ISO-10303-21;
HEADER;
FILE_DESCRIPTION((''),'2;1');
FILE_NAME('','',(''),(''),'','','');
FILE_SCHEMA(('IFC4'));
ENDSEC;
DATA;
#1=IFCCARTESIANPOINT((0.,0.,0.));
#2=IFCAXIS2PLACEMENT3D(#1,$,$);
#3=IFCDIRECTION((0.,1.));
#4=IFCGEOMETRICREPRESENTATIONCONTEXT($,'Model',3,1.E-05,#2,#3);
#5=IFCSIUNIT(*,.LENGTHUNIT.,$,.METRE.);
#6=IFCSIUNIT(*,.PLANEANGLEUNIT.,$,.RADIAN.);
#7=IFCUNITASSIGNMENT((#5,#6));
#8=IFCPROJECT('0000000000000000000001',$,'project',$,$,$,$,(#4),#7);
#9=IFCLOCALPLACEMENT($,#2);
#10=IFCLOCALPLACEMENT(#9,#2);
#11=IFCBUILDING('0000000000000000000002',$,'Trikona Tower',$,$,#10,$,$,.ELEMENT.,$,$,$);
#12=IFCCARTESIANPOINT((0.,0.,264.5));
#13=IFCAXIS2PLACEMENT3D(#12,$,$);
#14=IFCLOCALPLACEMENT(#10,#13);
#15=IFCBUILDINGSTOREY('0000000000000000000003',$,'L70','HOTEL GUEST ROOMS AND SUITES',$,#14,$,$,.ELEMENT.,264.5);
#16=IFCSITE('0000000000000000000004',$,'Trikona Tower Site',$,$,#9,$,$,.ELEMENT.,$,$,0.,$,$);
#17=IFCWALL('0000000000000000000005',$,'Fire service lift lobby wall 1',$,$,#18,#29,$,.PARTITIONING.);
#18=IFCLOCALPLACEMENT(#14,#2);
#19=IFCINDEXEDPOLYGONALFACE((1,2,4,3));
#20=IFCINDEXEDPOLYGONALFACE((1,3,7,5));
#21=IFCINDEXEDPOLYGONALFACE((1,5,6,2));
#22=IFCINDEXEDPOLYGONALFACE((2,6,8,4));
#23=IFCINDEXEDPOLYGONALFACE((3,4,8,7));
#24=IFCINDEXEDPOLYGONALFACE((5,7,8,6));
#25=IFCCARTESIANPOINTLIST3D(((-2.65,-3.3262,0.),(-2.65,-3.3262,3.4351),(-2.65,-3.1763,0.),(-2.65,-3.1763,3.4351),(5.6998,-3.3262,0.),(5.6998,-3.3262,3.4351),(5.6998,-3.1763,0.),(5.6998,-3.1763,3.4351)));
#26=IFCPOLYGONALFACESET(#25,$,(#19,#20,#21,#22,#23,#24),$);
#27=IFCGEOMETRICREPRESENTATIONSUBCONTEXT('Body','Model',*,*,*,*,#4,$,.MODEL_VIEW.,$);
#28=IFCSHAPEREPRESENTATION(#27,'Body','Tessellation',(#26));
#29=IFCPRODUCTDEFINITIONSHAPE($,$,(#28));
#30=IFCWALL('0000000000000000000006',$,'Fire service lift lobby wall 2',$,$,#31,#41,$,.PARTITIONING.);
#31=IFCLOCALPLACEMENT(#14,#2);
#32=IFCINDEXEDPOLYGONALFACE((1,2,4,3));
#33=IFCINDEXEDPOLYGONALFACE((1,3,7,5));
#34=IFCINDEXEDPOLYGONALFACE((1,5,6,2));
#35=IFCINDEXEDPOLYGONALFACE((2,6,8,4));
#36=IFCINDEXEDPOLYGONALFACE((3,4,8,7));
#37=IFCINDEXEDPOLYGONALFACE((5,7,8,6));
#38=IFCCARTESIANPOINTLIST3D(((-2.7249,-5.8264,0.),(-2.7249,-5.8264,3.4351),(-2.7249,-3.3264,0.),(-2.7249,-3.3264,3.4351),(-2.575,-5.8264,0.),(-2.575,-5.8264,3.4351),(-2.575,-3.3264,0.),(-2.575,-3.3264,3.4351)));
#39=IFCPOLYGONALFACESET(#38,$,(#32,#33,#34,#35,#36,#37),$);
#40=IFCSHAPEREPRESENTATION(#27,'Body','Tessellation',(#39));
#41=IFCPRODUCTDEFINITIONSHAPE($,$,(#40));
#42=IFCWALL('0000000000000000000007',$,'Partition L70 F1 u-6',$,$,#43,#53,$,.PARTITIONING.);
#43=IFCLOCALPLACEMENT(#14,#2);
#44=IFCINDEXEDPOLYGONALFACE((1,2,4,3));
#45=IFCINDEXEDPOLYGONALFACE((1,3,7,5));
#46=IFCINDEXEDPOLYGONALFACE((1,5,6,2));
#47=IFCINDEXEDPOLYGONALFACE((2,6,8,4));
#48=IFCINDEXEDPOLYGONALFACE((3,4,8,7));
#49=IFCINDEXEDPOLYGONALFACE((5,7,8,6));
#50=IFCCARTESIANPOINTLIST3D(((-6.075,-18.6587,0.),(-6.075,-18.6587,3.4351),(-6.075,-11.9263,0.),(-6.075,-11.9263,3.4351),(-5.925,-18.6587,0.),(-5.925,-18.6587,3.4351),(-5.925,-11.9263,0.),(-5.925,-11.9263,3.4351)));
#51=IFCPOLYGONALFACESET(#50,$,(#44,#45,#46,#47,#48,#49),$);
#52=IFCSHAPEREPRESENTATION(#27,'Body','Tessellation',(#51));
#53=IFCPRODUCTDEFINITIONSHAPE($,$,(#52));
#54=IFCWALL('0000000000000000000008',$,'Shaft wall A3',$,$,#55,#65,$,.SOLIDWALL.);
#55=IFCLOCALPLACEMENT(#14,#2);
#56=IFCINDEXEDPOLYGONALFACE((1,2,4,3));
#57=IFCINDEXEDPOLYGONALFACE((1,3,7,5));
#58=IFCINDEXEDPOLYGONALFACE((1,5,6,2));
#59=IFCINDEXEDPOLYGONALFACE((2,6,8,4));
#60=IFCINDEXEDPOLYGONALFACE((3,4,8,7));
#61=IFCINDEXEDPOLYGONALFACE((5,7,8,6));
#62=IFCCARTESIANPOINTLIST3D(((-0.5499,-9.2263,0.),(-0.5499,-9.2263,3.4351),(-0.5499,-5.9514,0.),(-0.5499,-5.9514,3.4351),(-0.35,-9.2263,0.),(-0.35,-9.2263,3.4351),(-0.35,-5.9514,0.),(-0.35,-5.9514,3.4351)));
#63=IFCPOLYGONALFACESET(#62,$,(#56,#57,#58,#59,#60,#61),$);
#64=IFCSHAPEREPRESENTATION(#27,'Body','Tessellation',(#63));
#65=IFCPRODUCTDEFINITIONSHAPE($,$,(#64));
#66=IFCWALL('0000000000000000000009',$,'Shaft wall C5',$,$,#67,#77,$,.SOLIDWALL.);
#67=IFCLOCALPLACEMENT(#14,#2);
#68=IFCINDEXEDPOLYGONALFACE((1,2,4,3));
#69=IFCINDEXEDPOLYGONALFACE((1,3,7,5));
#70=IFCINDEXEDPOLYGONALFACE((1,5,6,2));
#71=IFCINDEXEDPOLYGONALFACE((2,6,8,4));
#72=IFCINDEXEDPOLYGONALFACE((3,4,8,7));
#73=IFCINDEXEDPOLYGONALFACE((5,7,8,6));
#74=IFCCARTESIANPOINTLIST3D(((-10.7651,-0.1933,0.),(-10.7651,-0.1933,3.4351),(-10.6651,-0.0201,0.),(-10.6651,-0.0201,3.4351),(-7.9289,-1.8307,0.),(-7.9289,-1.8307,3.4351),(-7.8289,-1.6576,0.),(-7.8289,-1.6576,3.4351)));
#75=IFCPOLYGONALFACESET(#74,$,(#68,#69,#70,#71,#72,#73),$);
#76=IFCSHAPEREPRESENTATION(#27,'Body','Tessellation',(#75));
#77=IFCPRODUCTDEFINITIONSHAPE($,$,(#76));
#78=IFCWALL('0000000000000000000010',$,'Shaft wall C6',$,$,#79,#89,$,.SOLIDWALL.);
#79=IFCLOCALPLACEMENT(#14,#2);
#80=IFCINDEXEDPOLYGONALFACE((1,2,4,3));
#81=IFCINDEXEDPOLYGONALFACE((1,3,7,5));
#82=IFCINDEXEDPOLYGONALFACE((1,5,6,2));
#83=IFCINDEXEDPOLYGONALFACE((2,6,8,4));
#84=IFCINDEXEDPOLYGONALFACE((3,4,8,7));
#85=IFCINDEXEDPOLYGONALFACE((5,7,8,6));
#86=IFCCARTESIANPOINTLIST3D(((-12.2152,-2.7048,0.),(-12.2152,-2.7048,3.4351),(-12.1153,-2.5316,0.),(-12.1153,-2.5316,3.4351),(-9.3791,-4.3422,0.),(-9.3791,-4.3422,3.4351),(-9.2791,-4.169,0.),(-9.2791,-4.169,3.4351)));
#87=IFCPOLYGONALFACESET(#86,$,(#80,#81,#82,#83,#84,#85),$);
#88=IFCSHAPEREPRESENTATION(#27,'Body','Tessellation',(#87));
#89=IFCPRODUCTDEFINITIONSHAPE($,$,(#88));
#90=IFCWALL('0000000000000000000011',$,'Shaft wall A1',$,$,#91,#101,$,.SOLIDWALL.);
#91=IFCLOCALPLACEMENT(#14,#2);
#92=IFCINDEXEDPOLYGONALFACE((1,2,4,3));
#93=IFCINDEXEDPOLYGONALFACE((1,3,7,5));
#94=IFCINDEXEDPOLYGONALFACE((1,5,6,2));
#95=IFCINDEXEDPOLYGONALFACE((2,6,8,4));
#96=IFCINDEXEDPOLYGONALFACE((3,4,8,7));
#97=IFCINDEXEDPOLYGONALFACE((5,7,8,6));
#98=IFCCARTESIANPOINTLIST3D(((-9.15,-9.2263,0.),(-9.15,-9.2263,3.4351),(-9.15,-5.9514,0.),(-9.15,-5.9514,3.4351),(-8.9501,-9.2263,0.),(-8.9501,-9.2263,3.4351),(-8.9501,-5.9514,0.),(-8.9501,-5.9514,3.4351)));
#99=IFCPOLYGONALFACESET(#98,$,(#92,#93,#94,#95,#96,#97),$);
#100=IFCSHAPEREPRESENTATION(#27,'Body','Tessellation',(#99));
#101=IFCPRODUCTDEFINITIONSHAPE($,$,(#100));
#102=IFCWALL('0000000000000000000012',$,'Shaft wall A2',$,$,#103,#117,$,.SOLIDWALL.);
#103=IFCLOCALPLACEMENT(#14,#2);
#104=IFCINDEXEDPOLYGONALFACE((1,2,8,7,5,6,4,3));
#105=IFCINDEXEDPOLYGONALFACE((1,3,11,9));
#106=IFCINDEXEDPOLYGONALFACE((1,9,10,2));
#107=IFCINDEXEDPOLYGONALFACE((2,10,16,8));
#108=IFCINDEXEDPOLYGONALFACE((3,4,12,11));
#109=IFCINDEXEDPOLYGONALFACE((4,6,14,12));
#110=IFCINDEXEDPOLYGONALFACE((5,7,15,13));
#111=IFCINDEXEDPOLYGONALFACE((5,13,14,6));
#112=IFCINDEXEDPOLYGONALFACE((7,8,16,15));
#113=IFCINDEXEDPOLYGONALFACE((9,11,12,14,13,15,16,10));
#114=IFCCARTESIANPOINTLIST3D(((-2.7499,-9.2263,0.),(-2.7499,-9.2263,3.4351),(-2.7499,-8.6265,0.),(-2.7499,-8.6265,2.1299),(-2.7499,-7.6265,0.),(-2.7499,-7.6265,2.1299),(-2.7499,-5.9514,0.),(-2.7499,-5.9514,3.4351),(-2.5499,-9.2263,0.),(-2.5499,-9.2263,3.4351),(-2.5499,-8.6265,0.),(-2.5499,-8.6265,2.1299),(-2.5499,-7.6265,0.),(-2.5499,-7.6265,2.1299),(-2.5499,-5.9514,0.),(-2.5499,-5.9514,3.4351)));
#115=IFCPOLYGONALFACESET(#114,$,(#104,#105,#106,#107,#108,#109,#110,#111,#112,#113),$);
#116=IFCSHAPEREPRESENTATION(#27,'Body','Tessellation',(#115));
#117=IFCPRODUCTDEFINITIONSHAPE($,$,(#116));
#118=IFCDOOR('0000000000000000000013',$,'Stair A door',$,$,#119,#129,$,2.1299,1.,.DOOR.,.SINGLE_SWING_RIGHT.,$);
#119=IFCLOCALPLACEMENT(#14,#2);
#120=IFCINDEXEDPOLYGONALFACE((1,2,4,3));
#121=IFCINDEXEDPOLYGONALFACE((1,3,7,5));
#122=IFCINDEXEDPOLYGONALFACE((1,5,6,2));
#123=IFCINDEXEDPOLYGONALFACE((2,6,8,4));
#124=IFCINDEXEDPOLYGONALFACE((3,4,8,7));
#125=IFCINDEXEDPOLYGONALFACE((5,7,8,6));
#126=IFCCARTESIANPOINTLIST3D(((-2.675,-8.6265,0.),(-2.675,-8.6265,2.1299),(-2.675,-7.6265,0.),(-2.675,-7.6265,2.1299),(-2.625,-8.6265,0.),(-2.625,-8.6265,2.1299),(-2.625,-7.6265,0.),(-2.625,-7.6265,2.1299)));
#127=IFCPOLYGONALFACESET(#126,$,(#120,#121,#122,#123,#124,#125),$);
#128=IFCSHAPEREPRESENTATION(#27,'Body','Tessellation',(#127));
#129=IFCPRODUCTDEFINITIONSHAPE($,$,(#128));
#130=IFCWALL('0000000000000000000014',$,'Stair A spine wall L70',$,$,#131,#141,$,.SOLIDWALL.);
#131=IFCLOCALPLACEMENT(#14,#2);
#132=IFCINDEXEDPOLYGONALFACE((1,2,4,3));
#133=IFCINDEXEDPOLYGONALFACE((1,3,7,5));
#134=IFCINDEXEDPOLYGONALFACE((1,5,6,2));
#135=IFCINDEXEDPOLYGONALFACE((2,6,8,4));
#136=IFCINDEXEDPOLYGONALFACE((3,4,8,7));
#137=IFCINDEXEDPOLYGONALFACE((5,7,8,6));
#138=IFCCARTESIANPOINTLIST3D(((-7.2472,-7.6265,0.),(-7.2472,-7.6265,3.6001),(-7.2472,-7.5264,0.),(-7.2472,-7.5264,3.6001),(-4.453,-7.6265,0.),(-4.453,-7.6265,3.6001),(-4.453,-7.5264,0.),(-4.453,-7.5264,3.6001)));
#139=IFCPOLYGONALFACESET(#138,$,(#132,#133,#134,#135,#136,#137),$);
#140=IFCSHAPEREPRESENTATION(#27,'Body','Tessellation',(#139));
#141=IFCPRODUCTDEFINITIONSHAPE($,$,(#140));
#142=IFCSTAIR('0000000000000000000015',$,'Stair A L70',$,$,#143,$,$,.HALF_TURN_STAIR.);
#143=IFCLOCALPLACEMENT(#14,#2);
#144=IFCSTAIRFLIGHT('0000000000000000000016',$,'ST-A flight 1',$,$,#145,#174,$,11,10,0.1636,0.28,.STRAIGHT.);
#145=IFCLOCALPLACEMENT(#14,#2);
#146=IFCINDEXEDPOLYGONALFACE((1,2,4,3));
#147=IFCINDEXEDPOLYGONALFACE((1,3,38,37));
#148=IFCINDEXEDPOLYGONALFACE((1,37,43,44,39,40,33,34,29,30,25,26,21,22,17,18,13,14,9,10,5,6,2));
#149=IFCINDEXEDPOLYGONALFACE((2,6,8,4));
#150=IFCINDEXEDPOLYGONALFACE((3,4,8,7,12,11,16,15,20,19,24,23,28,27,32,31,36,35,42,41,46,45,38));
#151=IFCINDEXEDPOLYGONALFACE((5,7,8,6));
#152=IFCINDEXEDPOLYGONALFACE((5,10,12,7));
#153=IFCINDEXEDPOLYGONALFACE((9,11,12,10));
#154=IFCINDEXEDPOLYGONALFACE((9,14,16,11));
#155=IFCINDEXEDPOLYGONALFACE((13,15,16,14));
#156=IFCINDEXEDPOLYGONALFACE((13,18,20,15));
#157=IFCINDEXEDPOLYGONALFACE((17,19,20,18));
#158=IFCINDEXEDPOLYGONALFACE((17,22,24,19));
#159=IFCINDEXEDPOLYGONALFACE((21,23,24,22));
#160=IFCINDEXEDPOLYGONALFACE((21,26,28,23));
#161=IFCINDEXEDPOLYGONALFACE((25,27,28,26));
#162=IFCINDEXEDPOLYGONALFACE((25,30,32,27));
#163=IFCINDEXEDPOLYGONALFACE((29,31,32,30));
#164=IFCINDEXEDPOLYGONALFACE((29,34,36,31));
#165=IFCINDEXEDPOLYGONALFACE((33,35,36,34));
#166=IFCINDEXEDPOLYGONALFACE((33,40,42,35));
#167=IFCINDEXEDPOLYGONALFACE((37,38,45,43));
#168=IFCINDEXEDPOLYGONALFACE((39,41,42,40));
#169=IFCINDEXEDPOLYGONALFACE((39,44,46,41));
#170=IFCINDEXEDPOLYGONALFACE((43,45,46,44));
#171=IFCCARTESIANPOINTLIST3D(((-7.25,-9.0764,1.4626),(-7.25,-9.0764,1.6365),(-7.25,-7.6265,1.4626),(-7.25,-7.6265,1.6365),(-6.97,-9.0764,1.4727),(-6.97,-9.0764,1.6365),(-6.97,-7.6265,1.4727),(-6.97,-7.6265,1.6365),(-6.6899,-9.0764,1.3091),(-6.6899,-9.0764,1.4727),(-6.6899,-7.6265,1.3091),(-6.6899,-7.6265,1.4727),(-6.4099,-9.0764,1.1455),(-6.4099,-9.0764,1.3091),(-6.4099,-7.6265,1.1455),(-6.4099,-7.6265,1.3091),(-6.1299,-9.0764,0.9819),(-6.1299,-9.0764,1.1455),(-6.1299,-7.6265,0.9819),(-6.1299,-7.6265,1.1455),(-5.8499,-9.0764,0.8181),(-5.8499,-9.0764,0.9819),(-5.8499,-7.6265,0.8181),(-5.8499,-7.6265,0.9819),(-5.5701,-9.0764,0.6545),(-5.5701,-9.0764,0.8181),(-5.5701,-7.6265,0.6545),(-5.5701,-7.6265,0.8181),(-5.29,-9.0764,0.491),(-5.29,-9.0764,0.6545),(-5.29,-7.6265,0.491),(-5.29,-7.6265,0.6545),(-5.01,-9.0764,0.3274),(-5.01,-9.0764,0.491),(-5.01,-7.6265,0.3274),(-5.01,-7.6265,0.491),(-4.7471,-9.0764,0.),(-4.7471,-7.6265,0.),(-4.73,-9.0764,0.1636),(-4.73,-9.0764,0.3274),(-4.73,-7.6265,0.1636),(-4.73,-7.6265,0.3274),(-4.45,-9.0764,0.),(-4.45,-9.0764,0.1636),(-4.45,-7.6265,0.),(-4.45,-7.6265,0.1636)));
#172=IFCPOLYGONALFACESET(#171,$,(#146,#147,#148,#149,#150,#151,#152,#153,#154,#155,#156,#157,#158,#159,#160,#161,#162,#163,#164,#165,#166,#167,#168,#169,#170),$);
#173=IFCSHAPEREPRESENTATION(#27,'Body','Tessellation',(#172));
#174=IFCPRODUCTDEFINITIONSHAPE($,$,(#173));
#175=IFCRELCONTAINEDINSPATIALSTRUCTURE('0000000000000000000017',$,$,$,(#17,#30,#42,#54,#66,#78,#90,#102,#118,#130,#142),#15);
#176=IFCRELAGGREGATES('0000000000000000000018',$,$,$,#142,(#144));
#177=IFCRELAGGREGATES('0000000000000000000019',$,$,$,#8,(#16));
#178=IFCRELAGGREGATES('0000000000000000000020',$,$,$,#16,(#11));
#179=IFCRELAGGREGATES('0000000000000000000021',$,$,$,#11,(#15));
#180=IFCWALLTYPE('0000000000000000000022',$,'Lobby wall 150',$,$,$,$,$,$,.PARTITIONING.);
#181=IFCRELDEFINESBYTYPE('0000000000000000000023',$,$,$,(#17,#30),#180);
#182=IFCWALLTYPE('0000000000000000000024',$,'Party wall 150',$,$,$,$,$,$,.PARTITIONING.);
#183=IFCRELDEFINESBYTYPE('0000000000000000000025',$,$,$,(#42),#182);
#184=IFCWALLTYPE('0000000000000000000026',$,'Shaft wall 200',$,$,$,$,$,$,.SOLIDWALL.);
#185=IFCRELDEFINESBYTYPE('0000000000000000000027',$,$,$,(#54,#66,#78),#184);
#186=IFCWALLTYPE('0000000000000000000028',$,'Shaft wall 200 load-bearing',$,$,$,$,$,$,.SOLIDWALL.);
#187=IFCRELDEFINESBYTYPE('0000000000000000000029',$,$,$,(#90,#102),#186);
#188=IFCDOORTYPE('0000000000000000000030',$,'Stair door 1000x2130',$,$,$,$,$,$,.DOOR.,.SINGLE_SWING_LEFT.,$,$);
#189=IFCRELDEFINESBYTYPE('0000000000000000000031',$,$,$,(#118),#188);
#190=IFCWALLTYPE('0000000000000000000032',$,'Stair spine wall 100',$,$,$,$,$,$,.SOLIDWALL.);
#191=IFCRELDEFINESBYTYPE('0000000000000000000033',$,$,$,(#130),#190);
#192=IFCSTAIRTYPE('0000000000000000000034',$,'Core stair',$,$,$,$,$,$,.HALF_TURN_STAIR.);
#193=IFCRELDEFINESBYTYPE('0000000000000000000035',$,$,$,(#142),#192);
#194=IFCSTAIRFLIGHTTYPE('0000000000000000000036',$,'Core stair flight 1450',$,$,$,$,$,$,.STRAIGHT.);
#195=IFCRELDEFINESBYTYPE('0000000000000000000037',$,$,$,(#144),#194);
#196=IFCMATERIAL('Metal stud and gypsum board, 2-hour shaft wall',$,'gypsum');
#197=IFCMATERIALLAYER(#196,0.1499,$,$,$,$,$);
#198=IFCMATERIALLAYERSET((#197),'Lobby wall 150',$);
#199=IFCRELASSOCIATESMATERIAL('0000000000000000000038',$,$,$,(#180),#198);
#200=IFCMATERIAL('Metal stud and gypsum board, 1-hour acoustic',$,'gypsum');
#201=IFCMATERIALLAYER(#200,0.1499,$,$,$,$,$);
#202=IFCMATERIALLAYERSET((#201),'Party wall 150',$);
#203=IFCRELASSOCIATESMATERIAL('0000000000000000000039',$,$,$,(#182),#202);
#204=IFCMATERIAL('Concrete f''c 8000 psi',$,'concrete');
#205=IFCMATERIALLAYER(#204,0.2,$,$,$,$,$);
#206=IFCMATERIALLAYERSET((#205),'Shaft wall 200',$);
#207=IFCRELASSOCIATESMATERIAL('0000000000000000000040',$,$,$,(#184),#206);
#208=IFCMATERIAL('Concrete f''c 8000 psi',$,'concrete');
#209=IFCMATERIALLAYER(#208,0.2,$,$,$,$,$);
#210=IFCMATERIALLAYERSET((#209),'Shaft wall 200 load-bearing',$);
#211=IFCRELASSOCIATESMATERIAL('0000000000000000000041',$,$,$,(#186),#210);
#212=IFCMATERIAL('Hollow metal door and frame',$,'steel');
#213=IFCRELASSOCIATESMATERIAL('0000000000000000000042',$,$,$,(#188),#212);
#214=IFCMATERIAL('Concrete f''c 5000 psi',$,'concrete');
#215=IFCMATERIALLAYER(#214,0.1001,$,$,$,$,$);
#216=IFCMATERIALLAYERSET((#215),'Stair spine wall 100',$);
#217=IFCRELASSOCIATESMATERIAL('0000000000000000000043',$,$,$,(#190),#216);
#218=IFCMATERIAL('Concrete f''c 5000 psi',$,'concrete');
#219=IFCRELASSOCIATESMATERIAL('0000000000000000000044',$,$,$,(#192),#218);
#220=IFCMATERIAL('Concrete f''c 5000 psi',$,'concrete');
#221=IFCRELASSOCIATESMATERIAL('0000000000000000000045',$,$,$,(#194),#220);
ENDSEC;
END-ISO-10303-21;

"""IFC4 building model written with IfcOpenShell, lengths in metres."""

from ifc_helpers import new_model, si_unit, direction, frame, frame_2d, origin, place, context, subcontext, project, spatial, polyline, rectangle, outline, extrude, material, layer, layer_set, type_object, element, fill, aggregate, save


model = new_model("IFC4")

# Units and contexts
model_context = context("Model", 3, precision=1e-05, world=origin(), true_north=direction((0.0, 1.0)))
body_context = subcontext(model_context, "Body", "Model", "MODEL_VIEW")
ifc_project = project(units=[si_unit("LENGTHUNIT", "METRE"), si_unit("PLANEANGLEUNIT", "RADIAN")], contexts=[model_context])

# Site, building, storey
site_placement = place(None, origin())
site = spatial("IfcSite", under=ifc_project, at=site_placement, Name="Trikona Tower Site", CompositionType="ELEMENT", RefElevation=0.0)
building_placement = place(site_placement, origin())
building = spatial("IfcBuilding", under=site, at=building_placement, Name="Trikona Tower", CompositionType="ELEMENT")
storey_placement = place(building_placement, frame((0.0, 0.0, 264.5)))
storey = spatial("IfcBuildingStorey", under=building, at=storey_placement, Name="L70", Description="HOTEL GUEST ROOMS AND SUITES", CompositionType="ELEMENT", Elevation=264.5)

# Walls
ifc_material_1 = material(Name="Metal stud and gypsum board, 2-hour shaft wall", Category="gypsum")
ifc_layer_1 = layer(ifc_material_1, 0.1499)
ifc_layer_set_1 = layer_set([ifc_layer_1], Name="Lobby wall 150")
wall_type_1 = type_object("IfcWallType", Name="Lobby wall 150", PredefinedType="PARTITIONING", material=ifc_layer_set_1)
wall_1_placement = place(storey_placement, frame((-2.6499, -3.2512, 0.0), z_axis=(0.0, 0.0, 1.0), x_axis=(1.0, 0.0, 0.0)))
element("IfcWall", 1, at=wall_1_placement, inside=storey, type_object=wall_type_1, Name="Fire service lift lobby wall 1", PredefinedType="PARTITIONING", context=body_context, shape_type="SweptSolid", body=[
    extrude(rectangle(XDim=8.3499, YDim=0.1499, at=frame_2d((4.1748, 0.0))), origin(), (0.0, 0.0, 1.0), 3.4351),
])
wall_2_placement = place(storey_placement, frame((-2.6499, -5.8264, 0.0), z_axis=(0.0, 0.0, 1.0), x_axis=(0.0, 1.0, 0.0)))
element("IfcWall", 2, at=wall_2_placement, inside=storey, type_object=wall_type_1, Name="Fire service lift lobby wall 2", PredefinedType="PARTITIONING", context=body_context, shape_type="SweptSolid", body=[
    extrude(rectangle(XDim=2.5, YDim=0.1499, at=frame_2d((1.25, 0.0))), origin(), (0.0, 0.0, 1.0), 3.4351),
])
ifc_material_2 = material(Name="Metal stud and gypsum board, 1-hour acoustic", Category="gypsum")
ifc_layer_2 = layer(ifc_material_2, 0.1499)
ifc_layer_set_2 = layer_set([ifc_layer_2], Name="Party wall 150")
wall_type_2 = type_object("IfcWallType", Name="Party wall 150", PredefinedType="PARTITIONING", material=ifc_layer_set_2)
wall_3_placement = place(storey_placement, frame((-6.0, -11.9263, 0.0), z_axis=(0.0, 0.0, 1.0), x_axis=(0.0, -1.0, 0.0)))
element("IfcWall", 3, at=wall_3_placement, inside=storey, type_object=wall_type_2, Name="Partition L70 F1 u-6", PredefinedType="PARTITIONING", context=body_context, shape_type="SweptSolid", body=[
    extrude(rectangle(XDim=6.7324, YDim=0.1499, at=frame_2d((3.3662, 0.0))), origin(), (0.0, 0.0, 1.0), 3.4351),
])
ifc_material_3 = material(Name="Concrete f'c 8000 psi", Category="concrete")
ifc_layer_3 = layer(ifc_material_3, 0.2)
ifc_layer_set_3 = layer_set([ifc_layer_3], Name="Shaft wall 200")
wall_type_3 = type_object("IfcWallType", Name="Shaft wall 200", PredefinedType="SOLIDWALL", material=ifc_layer_set_3)
for number, where, z_axis, x_axis, name in (
    (4, (-0.45, -5.9514, 0.0), (0.0, 0.0, 1.0), (0.0, -1.0, 0.0), "Shaft wall A3"),
    (5, (-7.8789, -1.7441, 0.0), (0.0, 0.0, 1.0), (-0.866028, 0.499996, 0.0), "Shaft wall C5"),
    (6, (-9.3291, -4.2556, 0.0), (0.0, 0.0, 1.0), (-0.866028, 0.499996, 0.0), "Shaft wall C6"),
):
    element("IfcWall", number, at=place(storey_placement, frame(where, z_axis=z_axis, x_axis=x_axis)), inside=storey, type_object=wall_type_3, Name=name, PredefinedType="SOLIDWALL", context=body_context, shape_type="SweptSolid", body=[
        extrude(rectangle(XDim=3.2749, YDim=0.2, at=frame_2d((1.6375, 0.0))), origin(), (0.0, 0.0, 1.0), 3.4351),
    ])
ifc_material_4 = material(Name="Concrete f'c 8000 psi", Category="concrete")
ifc_layer_4 = layer(ifc_material_4, 0.2)
ifc_layer_set_4 = layer_set([ifc_layer_4], Name="Shaft wall 200 load-bearing")
wall_type_4 = type_object("IfcWallType", Name="Shaft wall 200 load-bearing", PredefinedType="SOLIDWALL", material=ifc_layer_set_4)
wall_4_placement = place(storey_placement, frame((-9.05, -5.9514, 0.0), z_axis=(0.0, 0.0, 1.0), x_axis=(0.0, -1.0, 0.0)))
element("IfcWall", 7, at=wall_4_placement, inside=storey, type_object=wall_type_4, Name="Shaft wall A1", PredefinedType="SOLIDWALL", context=body_context, shape_type="SweptSolid", body=[
    extrude(rectangle(XDim=3.2749, YDim=0.2, at=frame_2d((1.6375, 0.0))), origin(), (0.0, 0.0, 1.0), 3.4351),
])

# Wall, opening, door
wall_5_placement = place(storey_placement, frame((-2.6499, -5.9514, 0.0), z_axis=(0.0, 0.0, 1.0), x_axis=(0.0, -1.0, 0.0)))
wall_5 = element("IfcWall", 8, at=wall_5_placement, inside=storey, type_object=wall_type_4, Name="Shaft wall A2", PredefinedType="SOLIDWALL", context=body_context, shape_type="SweptSolid", body=[
    extrude(rectangle(XDim=3.2749, YDim=0.2, at=frame_2d((1.6375, 0.0))), origin(), (0.0, 0.0, 1.0), 3.4351),
])
opening_1_placement = place(wall_5_placement, frame((1.675, 0.0, 0.0)))
opening_1 = element("IfcOpeningElement", 9, at=opening_1_placement, cuts=wall_5, PredefinedType="OPENING", context=body_context, shape_type="SweptSolid", body=[
    extrude(rectangle(XDim=1.0, YDim=2.1299, at=frame_2d((0.5, 1.0649))), frame((0.0, 0.1099, 0.0), z_axis=(0.0, -1.0, 0.0), x_axis=(1.0, 0.0, 0.0)), (0.0, 0.0, 1.0), 0.22),
])
ifc_material_5 = material(Name="Hollow metal door and frame", Category="steel")
door_type_1 = type_object("IfcDoorType", Name="Stair door 1000x2130", OperationType="SINGLE_SWING_LEFT", PredefinedType="DOOR", material=ifc_material_5)
door_1_placement = place(opening_1_placement, origin())
door_1 = element("IfcDoor", 10, at=door_1_placement, inside=storey, type_object=door_type_1, Name="Stair A door", OperationType="SINGLE_SWING_RIGHT", OverallHeight=2.1299, OverallWidth=1.0, PredefinedType="DOOR", context=body_context, shape_type="SweptSolid", body=[
    extrude(rectangle(XDim=1.0, YDim=2.1299, at=frame_2d((0.5, 1.0649))), frame((0.0, 0.0249, 0.0), z_axis=(0.0, -1.0, 0.0), x_axis=(1.0, 0.0, 0.0)), (0.0, 0.0, 1.0), 0.05),
])
fill(opening_1, door_1)

# Wall
ifc_material_6 = material(Name="Concrete f'c 5000 psi", Category="concrete")
ifc_layer_5 = layer(ifc_material_6, 0.1001)
ifc_layer_set_5 = layer_set([ifc_layer_5], Name="Stair spine wall 100")
wall_type_5 = type_object("IfcWallType", Name="Stair spine wall 100", PredefinedType="SOLIDWALL", material=ifc_layer_set_5)
wall_6_placement = place(storey_placement, frame((-7.2471, -7.5764, 0.0), z_axis=(0.0, 0.0, 1.0), x_axis=(1.0, 0.0, 0.0)))
element("IfcWall", 11, at=wall_6_placement, inside=storey, type_object=wall_type_5, Name="Stair A spine wall L70", PredefinedType="SOLIDWALL", context=body_context, shape_type="SweptSolid", body=[
    extrude(rectangle(XDim=2.7942, YDim=0.1001, at=frame_2d((1.397, 0.0))), origin(), (0.0, 0.0, 1.0), 3.6001),
])

# Stair, stair flight
ifc_material_7 = material(Name="Concrete f'c 5000 psi", Category="concrete")
stair_type = type_object("IfcStairType", Name="Core stair", PredefinedType="HALF_TURN_STAIR", material=ifc_material_7)
stair_placement = place(storey_placement, origin())
stair = element("IfcStair", 12, at=stair_placement, inside=storey, type_object=stair_type, Name="Stair A L70", PredefinedType="HALF_TURN_STAIR")
ifc_material_8 = material(Name="Concrete f'c 5000 psi", Category="concrete")
stair_flight_type = type_object("IfcStairFlightType", Name="Core stair flight 1450", PredefinedType="STRAIGHT", material=ifc_material_8)
stair_flight_1_placement = place(storey_placement, frame((-4.45, -8.3513, 0.0), z_axis=(0.0, 0.0, 1.0), x_axis=(-1.0, 0.0, 0.0)))
stair_flight_1 = element("IfcStairFlight", 13, at=stair_flight_1_placement, type_object=stair_flight_type, Name="ST-A flight 1", NumberOfRisers=11, NumberOfTreads=10, PredefinedType="STRAIGHT", RiserHeight=0.1636, TreadLength=0.28, context=body_context, shape_type="SweptSolid", body=[
    extrude(outline(polyline([(0.0, 0.0), (0.0, 0.1636), (0.28, 0.1636), (0.28, 0.3274), (0.5601, 0.3274), (0.5601, 0.491), (0.8401, 0.491), (0.8401, 0.6545), (1.1201, 0.6545), (1.1201, 0.8181), (1.3999, 0.8181), (1.3999, 0.9819), (1.6799, 0.9819), (1.6799, 1.1455), (1.96, 1.1455), (1.96, 1.3091), (2.24, 1.3091), (2.24, 1.4727), (2.52, 1.4727), (2.52, 1.6365), (2.8, 1.6365), (2.8, 1.8), (2.8, 1.4626), (0.2971, 0.0), (0.0, 0.0)])), frame((0.0, 0.7251, 0.0), z_axis=(0.0, -1.0, 0.0), x_axis=(1.0, 0.0, 0.0)), (0.0, 0.0, 1.0), 1.45),
])
aggregate(stair, [stair_flight_1])

save(model, "model.ifc")
